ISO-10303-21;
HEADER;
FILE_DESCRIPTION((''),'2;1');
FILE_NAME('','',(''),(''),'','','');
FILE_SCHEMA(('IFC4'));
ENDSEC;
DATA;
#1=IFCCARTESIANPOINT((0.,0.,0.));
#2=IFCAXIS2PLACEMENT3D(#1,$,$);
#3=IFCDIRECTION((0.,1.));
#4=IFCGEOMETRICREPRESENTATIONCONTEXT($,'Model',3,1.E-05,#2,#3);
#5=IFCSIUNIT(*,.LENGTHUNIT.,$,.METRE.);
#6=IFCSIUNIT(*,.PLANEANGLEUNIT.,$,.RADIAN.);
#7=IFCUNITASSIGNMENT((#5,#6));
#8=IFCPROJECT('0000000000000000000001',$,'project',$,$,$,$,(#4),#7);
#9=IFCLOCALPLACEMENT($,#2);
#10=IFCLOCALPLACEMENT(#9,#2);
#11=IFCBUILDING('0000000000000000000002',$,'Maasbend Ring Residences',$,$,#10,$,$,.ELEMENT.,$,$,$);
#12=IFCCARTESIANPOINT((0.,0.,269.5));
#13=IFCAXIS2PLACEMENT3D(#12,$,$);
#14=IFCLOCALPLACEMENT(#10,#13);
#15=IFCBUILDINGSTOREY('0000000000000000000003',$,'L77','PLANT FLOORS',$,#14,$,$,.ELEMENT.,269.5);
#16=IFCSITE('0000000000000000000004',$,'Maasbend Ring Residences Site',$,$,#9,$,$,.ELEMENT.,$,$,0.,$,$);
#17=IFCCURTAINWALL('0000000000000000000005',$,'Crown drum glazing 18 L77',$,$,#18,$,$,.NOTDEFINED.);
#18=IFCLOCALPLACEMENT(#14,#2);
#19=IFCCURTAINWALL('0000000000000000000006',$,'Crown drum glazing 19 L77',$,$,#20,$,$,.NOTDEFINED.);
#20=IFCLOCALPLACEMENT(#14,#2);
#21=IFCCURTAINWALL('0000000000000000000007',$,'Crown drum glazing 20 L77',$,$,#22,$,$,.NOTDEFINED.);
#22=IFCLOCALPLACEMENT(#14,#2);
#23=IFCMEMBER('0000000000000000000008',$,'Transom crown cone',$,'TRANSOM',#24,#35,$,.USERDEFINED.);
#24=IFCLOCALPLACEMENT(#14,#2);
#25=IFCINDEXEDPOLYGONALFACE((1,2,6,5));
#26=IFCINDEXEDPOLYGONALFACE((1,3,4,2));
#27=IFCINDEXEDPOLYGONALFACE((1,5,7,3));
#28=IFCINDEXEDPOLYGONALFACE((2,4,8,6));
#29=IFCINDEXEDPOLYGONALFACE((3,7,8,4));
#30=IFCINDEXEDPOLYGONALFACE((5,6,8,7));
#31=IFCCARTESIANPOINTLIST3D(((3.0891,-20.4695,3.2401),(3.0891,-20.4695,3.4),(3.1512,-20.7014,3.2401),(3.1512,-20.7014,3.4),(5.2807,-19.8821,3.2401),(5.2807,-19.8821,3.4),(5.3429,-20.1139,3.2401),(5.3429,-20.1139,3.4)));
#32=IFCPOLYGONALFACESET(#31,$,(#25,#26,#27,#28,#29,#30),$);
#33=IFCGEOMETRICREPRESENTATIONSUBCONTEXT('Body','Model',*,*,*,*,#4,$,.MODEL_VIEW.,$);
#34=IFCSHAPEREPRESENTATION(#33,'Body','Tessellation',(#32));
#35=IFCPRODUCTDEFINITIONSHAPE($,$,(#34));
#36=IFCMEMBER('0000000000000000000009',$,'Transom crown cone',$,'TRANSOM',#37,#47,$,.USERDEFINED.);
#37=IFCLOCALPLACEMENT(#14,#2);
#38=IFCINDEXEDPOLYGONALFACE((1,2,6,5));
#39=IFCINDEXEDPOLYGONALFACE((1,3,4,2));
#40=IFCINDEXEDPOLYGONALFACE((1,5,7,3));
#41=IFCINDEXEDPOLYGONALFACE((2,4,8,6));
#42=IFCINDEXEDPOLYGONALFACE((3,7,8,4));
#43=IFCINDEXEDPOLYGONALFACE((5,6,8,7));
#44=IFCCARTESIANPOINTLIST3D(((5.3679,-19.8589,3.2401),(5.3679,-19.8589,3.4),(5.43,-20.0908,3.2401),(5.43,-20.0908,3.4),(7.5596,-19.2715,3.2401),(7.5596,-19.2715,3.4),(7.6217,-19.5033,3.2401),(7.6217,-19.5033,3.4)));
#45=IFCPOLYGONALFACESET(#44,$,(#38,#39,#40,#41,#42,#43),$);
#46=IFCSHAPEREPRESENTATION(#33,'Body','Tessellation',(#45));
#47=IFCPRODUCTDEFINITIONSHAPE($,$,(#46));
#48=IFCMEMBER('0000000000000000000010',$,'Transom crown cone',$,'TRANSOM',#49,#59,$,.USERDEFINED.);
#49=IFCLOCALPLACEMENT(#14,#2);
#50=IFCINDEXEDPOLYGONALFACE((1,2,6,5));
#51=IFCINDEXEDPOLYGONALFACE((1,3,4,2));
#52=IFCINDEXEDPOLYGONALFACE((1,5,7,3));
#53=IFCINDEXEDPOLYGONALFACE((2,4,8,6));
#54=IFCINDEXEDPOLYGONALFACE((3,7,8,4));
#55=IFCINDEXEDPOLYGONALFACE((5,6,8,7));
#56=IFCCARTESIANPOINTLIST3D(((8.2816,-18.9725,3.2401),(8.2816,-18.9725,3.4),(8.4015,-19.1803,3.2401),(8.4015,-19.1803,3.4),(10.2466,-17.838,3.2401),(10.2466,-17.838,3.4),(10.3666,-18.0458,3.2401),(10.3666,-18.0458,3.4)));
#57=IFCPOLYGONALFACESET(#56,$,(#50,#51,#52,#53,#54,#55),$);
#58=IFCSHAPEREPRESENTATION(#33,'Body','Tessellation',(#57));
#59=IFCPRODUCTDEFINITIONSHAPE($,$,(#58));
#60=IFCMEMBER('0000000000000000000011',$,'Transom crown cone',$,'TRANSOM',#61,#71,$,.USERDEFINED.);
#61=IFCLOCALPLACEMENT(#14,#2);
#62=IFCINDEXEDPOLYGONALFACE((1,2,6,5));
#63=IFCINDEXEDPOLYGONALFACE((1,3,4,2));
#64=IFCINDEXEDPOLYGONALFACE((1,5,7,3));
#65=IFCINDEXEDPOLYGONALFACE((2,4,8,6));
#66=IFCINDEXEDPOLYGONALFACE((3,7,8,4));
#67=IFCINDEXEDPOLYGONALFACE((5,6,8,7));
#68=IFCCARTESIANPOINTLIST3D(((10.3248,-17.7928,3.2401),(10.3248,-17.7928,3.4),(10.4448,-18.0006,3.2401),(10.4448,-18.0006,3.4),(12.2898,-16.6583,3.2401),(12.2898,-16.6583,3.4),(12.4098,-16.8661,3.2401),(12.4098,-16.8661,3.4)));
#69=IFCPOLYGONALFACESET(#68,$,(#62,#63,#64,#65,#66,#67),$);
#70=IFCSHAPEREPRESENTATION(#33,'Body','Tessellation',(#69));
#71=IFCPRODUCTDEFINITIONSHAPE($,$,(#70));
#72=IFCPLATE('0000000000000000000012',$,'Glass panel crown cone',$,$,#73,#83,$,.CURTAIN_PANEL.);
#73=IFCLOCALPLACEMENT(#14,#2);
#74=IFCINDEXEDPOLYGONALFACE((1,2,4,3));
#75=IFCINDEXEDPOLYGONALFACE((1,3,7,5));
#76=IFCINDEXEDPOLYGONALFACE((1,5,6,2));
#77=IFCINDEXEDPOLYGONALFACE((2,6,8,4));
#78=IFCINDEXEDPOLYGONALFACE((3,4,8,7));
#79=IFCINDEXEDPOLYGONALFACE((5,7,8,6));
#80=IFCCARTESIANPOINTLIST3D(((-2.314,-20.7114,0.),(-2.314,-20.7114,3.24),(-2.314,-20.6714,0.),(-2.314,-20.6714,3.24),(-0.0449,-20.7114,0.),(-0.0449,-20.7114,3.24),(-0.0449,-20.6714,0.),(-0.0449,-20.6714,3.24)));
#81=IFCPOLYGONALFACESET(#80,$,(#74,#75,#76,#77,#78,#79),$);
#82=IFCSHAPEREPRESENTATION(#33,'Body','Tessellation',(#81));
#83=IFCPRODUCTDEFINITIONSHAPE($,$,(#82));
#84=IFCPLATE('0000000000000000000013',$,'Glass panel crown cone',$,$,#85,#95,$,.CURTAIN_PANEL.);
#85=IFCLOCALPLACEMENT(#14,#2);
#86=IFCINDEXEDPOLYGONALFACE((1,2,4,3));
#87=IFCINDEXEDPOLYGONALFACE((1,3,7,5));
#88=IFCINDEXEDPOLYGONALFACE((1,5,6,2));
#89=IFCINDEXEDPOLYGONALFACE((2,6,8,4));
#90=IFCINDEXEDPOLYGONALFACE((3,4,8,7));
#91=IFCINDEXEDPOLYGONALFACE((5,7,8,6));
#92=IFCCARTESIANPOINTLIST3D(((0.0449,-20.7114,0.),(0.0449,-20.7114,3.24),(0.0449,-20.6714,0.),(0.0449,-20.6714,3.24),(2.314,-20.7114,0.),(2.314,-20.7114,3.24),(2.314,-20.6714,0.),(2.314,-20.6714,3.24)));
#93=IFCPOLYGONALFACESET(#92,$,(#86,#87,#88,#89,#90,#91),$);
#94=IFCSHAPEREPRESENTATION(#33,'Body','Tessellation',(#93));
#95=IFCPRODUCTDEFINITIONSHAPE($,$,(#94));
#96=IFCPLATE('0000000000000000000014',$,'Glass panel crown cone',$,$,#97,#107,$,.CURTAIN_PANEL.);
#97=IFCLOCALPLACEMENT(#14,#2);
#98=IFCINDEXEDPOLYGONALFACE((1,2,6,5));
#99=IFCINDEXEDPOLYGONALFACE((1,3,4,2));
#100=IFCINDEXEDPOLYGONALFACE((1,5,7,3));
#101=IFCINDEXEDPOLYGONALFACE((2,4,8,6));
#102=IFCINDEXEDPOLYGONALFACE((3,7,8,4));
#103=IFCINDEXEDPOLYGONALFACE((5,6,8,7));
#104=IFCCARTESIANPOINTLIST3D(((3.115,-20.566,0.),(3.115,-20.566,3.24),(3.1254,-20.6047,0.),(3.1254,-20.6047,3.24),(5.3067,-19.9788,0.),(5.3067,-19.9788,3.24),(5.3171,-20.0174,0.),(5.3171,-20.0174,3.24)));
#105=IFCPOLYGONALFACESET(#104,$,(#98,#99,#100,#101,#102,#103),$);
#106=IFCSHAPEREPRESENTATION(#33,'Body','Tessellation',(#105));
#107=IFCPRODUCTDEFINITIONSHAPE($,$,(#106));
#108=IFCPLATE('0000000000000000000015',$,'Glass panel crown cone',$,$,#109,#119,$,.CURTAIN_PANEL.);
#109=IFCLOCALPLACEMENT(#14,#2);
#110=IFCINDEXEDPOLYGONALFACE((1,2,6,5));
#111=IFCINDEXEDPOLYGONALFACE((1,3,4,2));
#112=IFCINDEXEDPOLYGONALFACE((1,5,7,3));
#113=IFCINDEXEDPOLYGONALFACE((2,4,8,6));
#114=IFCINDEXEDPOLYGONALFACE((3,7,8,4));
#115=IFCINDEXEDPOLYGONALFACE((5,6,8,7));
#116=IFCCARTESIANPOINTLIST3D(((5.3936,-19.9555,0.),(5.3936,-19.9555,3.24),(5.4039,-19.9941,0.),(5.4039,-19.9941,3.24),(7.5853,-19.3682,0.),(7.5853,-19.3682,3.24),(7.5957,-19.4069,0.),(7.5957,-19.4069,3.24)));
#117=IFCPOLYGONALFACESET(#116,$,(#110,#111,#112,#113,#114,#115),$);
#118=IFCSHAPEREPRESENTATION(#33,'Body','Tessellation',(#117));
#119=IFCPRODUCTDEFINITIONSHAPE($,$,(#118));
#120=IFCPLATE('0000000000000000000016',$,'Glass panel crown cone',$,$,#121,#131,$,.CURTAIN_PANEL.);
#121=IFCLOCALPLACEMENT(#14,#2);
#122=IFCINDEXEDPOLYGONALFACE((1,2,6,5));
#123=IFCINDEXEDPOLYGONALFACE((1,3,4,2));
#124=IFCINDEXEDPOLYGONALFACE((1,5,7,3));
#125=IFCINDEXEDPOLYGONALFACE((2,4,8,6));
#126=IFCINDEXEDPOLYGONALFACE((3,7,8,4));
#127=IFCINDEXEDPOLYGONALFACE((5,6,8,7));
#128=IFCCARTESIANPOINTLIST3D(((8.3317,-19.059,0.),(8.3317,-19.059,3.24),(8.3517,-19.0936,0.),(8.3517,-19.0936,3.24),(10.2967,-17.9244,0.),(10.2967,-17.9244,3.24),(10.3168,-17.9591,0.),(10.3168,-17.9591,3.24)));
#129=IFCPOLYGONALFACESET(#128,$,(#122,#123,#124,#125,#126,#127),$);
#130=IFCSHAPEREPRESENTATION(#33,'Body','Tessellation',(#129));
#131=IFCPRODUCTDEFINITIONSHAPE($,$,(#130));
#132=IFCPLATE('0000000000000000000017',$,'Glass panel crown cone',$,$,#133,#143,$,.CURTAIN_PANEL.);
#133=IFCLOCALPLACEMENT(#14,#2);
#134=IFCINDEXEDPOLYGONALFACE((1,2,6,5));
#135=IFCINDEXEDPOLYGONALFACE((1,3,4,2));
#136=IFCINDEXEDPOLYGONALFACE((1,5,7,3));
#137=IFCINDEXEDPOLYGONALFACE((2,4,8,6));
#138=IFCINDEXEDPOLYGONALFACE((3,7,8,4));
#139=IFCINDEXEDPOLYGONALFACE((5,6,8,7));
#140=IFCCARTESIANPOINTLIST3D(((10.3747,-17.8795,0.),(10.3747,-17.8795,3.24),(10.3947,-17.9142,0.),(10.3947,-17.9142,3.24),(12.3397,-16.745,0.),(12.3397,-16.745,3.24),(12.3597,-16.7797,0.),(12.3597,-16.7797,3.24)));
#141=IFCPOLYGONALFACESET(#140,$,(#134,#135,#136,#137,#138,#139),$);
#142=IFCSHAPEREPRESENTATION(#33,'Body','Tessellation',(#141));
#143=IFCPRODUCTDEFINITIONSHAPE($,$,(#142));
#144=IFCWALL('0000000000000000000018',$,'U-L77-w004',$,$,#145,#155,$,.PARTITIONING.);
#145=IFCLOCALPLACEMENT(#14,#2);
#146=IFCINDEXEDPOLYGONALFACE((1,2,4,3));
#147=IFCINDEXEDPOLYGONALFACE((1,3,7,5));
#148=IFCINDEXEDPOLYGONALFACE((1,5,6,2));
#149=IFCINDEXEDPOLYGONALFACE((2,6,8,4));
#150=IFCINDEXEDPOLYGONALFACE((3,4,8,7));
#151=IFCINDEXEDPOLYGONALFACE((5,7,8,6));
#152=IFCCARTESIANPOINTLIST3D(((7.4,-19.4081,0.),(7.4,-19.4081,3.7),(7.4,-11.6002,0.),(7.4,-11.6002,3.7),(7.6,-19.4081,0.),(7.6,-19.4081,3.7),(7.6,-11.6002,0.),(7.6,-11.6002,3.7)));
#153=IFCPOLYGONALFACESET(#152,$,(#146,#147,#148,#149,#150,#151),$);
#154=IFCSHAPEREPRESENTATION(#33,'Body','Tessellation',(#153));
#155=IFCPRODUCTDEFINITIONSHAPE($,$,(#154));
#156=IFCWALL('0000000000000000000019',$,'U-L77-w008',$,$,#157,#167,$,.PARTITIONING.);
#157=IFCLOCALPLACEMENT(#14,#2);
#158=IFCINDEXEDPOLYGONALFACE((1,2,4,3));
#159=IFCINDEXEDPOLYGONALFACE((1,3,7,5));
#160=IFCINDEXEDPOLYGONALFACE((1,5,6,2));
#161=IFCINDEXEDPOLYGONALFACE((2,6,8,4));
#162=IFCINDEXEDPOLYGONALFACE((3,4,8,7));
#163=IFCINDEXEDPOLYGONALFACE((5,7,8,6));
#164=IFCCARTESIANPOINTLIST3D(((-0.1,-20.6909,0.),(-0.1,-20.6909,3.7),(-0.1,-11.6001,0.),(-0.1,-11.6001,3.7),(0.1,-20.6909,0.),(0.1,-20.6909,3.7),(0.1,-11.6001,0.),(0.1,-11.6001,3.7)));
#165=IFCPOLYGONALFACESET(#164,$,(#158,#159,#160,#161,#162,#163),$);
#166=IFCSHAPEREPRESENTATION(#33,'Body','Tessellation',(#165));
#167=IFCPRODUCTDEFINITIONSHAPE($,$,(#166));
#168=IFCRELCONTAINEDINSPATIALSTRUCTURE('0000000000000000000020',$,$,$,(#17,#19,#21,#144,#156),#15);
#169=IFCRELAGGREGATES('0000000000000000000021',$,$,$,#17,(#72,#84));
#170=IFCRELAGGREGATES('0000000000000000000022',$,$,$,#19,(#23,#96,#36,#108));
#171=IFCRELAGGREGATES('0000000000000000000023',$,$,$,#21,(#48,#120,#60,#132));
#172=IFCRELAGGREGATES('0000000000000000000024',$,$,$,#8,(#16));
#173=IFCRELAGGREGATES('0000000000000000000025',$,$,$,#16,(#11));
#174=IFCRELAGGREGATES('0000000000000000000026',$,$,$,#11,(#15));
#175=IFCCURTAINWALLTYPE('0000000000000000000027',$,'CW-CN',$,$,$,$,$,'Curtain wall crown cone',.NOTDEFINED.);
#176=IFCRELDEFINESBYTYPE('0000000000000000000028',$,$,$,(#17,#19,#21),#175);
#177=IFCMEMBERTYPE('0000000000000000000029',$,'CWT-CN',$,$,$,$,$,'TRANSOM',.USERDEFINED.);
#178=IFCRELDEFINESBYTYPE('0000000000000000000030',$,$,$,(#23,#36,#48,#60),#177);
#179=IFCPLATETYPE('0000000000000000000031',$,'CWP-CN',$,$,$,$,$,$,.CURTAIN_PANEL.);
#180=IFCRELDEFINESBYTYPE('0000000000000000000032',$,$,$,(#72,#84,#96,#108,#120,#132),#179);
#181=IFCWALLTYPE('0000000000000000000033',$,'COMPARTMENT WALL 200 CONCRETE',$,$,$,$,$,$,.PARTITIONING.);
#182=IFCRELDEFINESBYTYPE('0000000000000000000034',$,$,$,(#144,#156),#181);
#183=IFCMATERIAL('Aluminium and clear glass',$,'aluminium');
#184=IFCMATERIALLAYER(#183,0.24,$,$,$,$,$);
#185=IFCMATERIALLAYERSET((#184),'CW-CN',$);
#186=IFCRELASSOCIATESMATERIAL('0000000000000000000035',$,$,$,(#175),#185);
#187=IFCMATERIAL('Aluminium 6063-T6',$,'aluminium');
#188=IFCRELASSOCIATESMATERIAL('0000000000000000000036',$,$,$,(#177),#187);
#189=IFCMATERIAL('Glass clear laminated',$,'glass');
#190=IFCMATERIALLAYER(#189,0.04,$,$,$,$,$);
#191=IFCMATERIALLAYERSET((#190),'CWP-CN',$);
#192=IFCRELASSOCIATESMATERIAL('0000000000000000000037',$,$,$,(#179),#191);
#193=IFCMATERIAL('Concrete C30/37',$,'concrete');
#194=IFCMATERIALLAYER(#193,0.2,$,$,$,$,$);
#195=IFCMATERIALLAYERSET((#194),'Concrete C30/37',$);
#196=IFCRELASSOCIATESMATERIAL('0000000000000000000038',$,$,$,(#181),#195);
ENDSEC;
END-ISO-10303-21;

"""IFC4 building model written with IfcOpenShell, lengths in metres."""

from ifc_helpers import new_model, si_unit, direction, frame, frame_2d, origin, origin_2d, place, context, subcontext, project, spatial, rectangle, extrude, material, layer, layer_set, material_profile, profile_set, type_object, element, aggregate, save


model = new_model("IFC4")

# Units and contexts
model_context = context("Model", 3, precision=1e-05, world=origin(), true_north=direction((0.0, 1.0)))
body_context = subcontext(model_context, "Body", "Model", "MODEL_VIEW")
ifc_project = project(units=[si_unit("LENGTHUNIT", "METRE"), si_unit("PLANEANGLEUNIT", "RADIAN")], contexts=[model_context])

# Site, building, storey
site_placement = place(None, origin())
site = spatial("IfcSite", under=ifc_project, at=site_placement, Name="Maasbend Ring Residences Site", CompositionType="ELEMENT", RefElevation=0.0)
building_placement = place(site_placement, origin())
building = spatial("IfcBuilding", under=site, at=building_placement, Name="Maasbend Ring Residences", CompositionType="ELEMENT")
storey_placement = place(building_placement, frame((0.0, 0.0, 269.5)))
storey = spatial("IfcBuildingStorey", under=building, at=storey_placement, Name="L77", Description="PLANT FLOORS", CompositionType="ELEMENT", Elevation=269.5)

# Curtain walls
ifc_material_1 = material(Name="Aluminium and clear glass", Category="aluminium")
ifc_layer_1 = layer(ifc_material_1, 0.24)
ifc_layer_set_1 = layer_set([ifc_layer_1], Name="CW-CN")
curtain_wall_type = type_object("IfcCurtainWallType", Name="CW-CN", ElementType="Curtain wall crown cone", PredefinedType="NOTDEFINED", material=ifc_layer_set_1)
curtain_wall_1_placement = place(storey_placement, origin())
curtain_wall_1 = element("IfcCurtainWall", 1, at=curtain_wall_1_placement, inside=storey, type_object=curtain_wall_type, Name="Crown drum glazing 18 L77", PredefinedType="NOTDEFINED")
curtain_wall_2_placement = place(storey_placement, origin())
curtain_wall_2 = element("IfcCurtainWall", 2, at=curtain_wall_2_placement, inside=storey, type_object=curtain_wall_type, Name="Crown drum glazing 19 L77", PredefinedType="NOTDEFINED")
curtain_wall_3_placement = place(storey_placement, origin())
curtain_wall_3 = element("IfcCurtainWall", 3, at=curtain_wall_3_placement, inside=storey, type_object=curtain_wall_type, Name="Crown drum glazing 20 L77", PredefinedType="NOTDEFINED")

# Members
ifc_material_2 = material(Name="Aluminium 6063-T6", Category="aluminium")
ifc_material_profile_1 = material_profile(ifc_material_2, rectangle(XDim=0.24, YDim=0.1599, at=origin_2d()), Name="AL 240x160")
ifc_profile_set_1 = profile_set([ifc_material_profile_1], Name="Aluminium 6063-T6")
member_type_1 = type_object("IfcMemberType", Name="CWT-CN", ElementType="TRANSOM", PredefinedType="USERDEFINED", material=ifc_profile_set_1)
member_1_placement = place(storey_placement, frame((3.1201, -20.5854, 3.3201), z_axis=(0.965909, 0.258881, 0.0), x_axis=(-0.258881, 0.965909, 0.0)))
member_1 = element("IfcMember", 4, at=member_1_placement, type_object=member_type_1, Name="Transom crown cone", ObjectType="TRANSOM", PredefinedType="USERDEFINED", context=body_context, shape_type="SweptSolid", body=[
    extrude(rectangle(XDim=0.24, YDim=0.1599, at=origin_2d()), origin(), (0.0, 0.0, 1.0), 2.269),
])
member_2_placement = place(storey_placement, frame((5.3989, -19.9749, 3.3201), z_axis=(0.965909, 0.258881, 0.0), x_axis=(-0.258881, 0.965909, 0.0)))
member_2 = element("IfcMember", 5, at=member_2_placement, type_object=member_type_1, Name="Transom crown cone", ObjectType="TRANSOM", PredefinedType="USERDEFINED", context=body_context, shape_type="SweptSolid", body=[
    extrude(rectangle(XDim=0.24, YDim=0.1599, at=origin_2d()), origin(), (0.0, 0.0, 1.0), 2.269),
])
member_3_placement = place(storey_placement, frame((8.3416, -19.0764, 3.3201), z_axis=(0.86603, 0.499993, 0.0), x_axis=(-0.499993, 0.86603, 0.0)))
member_3 = element("IfcMember", 6, at=member_3_placement, type_object=member_type_1, Name="Transom crown cone", ObjectType="TRANSOM", PredefinedType="USERDEFINED", context=body_context, shape_type="SweptSolid", body=[
    extrude(rectangle(XDim=0.24, YDim=0.1599, at=origin_2d()), origin(), (0.0, 0.0, 1.0), 2.269),
])
member_4_placement = place(storey_placement, frame((10.3848, -17.8967, 3.3201), z_axis=(0.86603, 0.499993, 0.0), x_axis=(-0.499993, 0.86603, 0.0)))
member_4 = element("IfcMember", 7, at=member_4_placement, type_object=member_type_1, Name="Transom crown cone", ObjectType="TRANSOM", PredefinedType="USERDEFINED", context=body_context, shape_type="SweptSolid", body=[
    extrude(rectangle(XDim=0.24, YDim=0.1599, at=origin_2d()), origin(), (0.0, 0.0, 1.0), 2.269),
])

# Plates
ifc_material_3 = material(Name="Glass clear laminated", Category="glass")
ifc_layer_2 = layer(ifc_material_3, 0.04)
ifc_layer_set_2 = layer_set([ifc_layer_2], Name="CWP-CN")
plate_type = type_object("IfcPlateType", Name="CWP-CN", PredefinedType="CURTAIN_PANEL", material=ifc_layer_set_2)
plate_1_placement = place(storey_placement, frame((-1.1794, -20.6914, 0.0), z_axis=(0.0, 0.0, 1.0), x_axis=(1.0, 0.0, 0.0)))
plate_1 = element("IfcPlate", 8, at=plate_1_placement, type_object=plate_type, Name="Glass panel crown cone", PredefinedType="CURTAIN_PANEL", context=body_context, shape_type="SweptSolid", body=[
    extrude(rectangle(XDim=2.269, YDim=0.04, at=origin_2d()), origin(), (0.0, 0.0, 1.0), 3.24),
])
plate_2_placement = place(storey_placement, frame((1.1794, -20.6914, 0.0), z_axis=(0.0, 0.0, 1.0), x_axis=(1.0, 0.0, 0.0)))
plate_2 = element("IfcPlate", 9, at=plate_2_placement, type_object=plate_type, Name="Glass panel crown cone", PredefinedType="CURTAIN_PANEL", context=body_context, shape_type="SweptSolid", body=[
    extrude(rectangle(XDim=2.269, YDim=0.04, at=origin_2d()), origin(), (0.0, 0.0, 1.0), 3.24),
])
aggregate(curtain_wall_1, [plate_1, plate_2])
plate_3_placement = place(storey_placement, frame((4.2161, -20.2917, 0.0), z_axis=(0.0, 0.0, 1.0), x_axis=(0.965926, 0.258819, 0.0)))
plate_3 = element("IfcPlate", 10, at=plate_3_placement, type_object=plate_type, Name="Glass panel crown cone", PredefinedType="CURTAIN_PANEL", context=body_context, shape_type="SweptSolid", body=[
    extrude(rectangle(XDim=2.269, YDim=0.04, at=origin_2d()), origin(), (0.0, 0.0, 1.0), 3.24),
])
plate_4_placement = place(storey_placement, frame((6.4946, -19.6812, 0.0), z_axis=(0.0, 0.0, 1.0), x_axis=(0.965926, 0.258819, 0.0)))
plate_4 = element("IfcPlate", 11, at=plate_4_placement, type_object=plate_type, Name="Glass panel crown cone", PredefinedType="CURTAIN_PANEL", context=body_context, shape_type="SweptSolid", body=[
    extrude(rectangle(XDim=2.269, YDim=0.04, at=origin_2d()), origin(), (0.0, 0.0, 1.0), 3.24),
])
aggregate(curtain_wall_2, [member_1, plate_3, member_2, plate_4])
plate_5_placement = place(storey_placement, frame((9.3242, -18.509, 0.0), z_axis=(0.0, 0.0, 1.0), x_axis=(0.866025, 0.5, 0.0)))
plate_5 = element("IfcPlate", 12, at=plate_5_placement, type_object=plate_type, Name="Glass panel crown cone", PredefinedType="CURTAIN_PANEL", context=body_context, shape_type="SweptSolid", body=[
    extrude(rectangle(XDim=2.269, YDim=0.04, at=origin_2d()), origin(), (0.0, 0.0, 1.0), 3.24),
])
plate_6_placement = place(storey_placement, frame((11.3672, -17.3296, 0.0), z_axis=(0.0, 0.0, 1.0), x_axis=(0.866025, 0.5, 0.0)))
plate_6 = element("IfcPlate", 13, at=plate_6_placement, type_object=plate_type, Name="Glass panel crown cone", PredefinedType="CURTAIN_PANEL", context=body_context, shape_type="SweptSolid", body=[
    extrude(rectangle(XDim=2.269, YDim=0.04, at=origin_2d()), origin(), (0.0, 0.0, 1.0), 3.24),
])
aggregate(curtain_wall_3, [member_3, plate_5, member_4, plate_6])

# Walls
ifc_material_4 = material(Name="Concrete C30/37", Category="concrete")
ifc_layer_3 = layer(ifc_material_4, 0.2)
ifc_layer_set_3 = layer_set([ifc_layer_3], Name="Concrete C30/37")
wall_type_1 = type_object("IfcWallType", Name="COMPARTMENT WALL 200 CONCRETE", PredefinedType="PARTITIONING", material=ifc_layer_set_3)
wall_1_placement = place(storey_placement, frame((7.5, -19.408, 0.0), z_axis=(0.0, 0.0, 1.0), x_axis=(0.0, 1.0, 0.0)))
element("IfcWall", 14, at=wall_1_placement, inside=storey, type_object=wall_type_1, Name="U-L77-w004", PredefinedType="PARTITIONING", context=body_context, shape_type="SweptSolid", body=[
    extrude(rectangle(XDim=7.8079, YDim=0.2, at=frame_2d((3.9038, 0.0))), origin(), (0.0, 0.0, 1.0), 3.7),
])
wall_2_placement = place(storey_placement, frame((0.0, -20.6909, 0.0), z_axis=(0.0, 0.0, 1.0), x_axis=(0.0, 1.0, 0.0)))
element("IfcWall", 15, at=wall_2_placement, inside=storey, type_object=wall_type_1, Name="U-L77-w008", PredefinedType="PARTITIONING", context=body_context, shape_type="SweptSolid", body=[
    extrude(rectangle(XDim=9.0908, YDim=0.2, at=frame_2d((4.5454, 0.0))), origin(), (0.0, 0.0, 1.0), 3.7),
])

save(model, "model.ifc")
